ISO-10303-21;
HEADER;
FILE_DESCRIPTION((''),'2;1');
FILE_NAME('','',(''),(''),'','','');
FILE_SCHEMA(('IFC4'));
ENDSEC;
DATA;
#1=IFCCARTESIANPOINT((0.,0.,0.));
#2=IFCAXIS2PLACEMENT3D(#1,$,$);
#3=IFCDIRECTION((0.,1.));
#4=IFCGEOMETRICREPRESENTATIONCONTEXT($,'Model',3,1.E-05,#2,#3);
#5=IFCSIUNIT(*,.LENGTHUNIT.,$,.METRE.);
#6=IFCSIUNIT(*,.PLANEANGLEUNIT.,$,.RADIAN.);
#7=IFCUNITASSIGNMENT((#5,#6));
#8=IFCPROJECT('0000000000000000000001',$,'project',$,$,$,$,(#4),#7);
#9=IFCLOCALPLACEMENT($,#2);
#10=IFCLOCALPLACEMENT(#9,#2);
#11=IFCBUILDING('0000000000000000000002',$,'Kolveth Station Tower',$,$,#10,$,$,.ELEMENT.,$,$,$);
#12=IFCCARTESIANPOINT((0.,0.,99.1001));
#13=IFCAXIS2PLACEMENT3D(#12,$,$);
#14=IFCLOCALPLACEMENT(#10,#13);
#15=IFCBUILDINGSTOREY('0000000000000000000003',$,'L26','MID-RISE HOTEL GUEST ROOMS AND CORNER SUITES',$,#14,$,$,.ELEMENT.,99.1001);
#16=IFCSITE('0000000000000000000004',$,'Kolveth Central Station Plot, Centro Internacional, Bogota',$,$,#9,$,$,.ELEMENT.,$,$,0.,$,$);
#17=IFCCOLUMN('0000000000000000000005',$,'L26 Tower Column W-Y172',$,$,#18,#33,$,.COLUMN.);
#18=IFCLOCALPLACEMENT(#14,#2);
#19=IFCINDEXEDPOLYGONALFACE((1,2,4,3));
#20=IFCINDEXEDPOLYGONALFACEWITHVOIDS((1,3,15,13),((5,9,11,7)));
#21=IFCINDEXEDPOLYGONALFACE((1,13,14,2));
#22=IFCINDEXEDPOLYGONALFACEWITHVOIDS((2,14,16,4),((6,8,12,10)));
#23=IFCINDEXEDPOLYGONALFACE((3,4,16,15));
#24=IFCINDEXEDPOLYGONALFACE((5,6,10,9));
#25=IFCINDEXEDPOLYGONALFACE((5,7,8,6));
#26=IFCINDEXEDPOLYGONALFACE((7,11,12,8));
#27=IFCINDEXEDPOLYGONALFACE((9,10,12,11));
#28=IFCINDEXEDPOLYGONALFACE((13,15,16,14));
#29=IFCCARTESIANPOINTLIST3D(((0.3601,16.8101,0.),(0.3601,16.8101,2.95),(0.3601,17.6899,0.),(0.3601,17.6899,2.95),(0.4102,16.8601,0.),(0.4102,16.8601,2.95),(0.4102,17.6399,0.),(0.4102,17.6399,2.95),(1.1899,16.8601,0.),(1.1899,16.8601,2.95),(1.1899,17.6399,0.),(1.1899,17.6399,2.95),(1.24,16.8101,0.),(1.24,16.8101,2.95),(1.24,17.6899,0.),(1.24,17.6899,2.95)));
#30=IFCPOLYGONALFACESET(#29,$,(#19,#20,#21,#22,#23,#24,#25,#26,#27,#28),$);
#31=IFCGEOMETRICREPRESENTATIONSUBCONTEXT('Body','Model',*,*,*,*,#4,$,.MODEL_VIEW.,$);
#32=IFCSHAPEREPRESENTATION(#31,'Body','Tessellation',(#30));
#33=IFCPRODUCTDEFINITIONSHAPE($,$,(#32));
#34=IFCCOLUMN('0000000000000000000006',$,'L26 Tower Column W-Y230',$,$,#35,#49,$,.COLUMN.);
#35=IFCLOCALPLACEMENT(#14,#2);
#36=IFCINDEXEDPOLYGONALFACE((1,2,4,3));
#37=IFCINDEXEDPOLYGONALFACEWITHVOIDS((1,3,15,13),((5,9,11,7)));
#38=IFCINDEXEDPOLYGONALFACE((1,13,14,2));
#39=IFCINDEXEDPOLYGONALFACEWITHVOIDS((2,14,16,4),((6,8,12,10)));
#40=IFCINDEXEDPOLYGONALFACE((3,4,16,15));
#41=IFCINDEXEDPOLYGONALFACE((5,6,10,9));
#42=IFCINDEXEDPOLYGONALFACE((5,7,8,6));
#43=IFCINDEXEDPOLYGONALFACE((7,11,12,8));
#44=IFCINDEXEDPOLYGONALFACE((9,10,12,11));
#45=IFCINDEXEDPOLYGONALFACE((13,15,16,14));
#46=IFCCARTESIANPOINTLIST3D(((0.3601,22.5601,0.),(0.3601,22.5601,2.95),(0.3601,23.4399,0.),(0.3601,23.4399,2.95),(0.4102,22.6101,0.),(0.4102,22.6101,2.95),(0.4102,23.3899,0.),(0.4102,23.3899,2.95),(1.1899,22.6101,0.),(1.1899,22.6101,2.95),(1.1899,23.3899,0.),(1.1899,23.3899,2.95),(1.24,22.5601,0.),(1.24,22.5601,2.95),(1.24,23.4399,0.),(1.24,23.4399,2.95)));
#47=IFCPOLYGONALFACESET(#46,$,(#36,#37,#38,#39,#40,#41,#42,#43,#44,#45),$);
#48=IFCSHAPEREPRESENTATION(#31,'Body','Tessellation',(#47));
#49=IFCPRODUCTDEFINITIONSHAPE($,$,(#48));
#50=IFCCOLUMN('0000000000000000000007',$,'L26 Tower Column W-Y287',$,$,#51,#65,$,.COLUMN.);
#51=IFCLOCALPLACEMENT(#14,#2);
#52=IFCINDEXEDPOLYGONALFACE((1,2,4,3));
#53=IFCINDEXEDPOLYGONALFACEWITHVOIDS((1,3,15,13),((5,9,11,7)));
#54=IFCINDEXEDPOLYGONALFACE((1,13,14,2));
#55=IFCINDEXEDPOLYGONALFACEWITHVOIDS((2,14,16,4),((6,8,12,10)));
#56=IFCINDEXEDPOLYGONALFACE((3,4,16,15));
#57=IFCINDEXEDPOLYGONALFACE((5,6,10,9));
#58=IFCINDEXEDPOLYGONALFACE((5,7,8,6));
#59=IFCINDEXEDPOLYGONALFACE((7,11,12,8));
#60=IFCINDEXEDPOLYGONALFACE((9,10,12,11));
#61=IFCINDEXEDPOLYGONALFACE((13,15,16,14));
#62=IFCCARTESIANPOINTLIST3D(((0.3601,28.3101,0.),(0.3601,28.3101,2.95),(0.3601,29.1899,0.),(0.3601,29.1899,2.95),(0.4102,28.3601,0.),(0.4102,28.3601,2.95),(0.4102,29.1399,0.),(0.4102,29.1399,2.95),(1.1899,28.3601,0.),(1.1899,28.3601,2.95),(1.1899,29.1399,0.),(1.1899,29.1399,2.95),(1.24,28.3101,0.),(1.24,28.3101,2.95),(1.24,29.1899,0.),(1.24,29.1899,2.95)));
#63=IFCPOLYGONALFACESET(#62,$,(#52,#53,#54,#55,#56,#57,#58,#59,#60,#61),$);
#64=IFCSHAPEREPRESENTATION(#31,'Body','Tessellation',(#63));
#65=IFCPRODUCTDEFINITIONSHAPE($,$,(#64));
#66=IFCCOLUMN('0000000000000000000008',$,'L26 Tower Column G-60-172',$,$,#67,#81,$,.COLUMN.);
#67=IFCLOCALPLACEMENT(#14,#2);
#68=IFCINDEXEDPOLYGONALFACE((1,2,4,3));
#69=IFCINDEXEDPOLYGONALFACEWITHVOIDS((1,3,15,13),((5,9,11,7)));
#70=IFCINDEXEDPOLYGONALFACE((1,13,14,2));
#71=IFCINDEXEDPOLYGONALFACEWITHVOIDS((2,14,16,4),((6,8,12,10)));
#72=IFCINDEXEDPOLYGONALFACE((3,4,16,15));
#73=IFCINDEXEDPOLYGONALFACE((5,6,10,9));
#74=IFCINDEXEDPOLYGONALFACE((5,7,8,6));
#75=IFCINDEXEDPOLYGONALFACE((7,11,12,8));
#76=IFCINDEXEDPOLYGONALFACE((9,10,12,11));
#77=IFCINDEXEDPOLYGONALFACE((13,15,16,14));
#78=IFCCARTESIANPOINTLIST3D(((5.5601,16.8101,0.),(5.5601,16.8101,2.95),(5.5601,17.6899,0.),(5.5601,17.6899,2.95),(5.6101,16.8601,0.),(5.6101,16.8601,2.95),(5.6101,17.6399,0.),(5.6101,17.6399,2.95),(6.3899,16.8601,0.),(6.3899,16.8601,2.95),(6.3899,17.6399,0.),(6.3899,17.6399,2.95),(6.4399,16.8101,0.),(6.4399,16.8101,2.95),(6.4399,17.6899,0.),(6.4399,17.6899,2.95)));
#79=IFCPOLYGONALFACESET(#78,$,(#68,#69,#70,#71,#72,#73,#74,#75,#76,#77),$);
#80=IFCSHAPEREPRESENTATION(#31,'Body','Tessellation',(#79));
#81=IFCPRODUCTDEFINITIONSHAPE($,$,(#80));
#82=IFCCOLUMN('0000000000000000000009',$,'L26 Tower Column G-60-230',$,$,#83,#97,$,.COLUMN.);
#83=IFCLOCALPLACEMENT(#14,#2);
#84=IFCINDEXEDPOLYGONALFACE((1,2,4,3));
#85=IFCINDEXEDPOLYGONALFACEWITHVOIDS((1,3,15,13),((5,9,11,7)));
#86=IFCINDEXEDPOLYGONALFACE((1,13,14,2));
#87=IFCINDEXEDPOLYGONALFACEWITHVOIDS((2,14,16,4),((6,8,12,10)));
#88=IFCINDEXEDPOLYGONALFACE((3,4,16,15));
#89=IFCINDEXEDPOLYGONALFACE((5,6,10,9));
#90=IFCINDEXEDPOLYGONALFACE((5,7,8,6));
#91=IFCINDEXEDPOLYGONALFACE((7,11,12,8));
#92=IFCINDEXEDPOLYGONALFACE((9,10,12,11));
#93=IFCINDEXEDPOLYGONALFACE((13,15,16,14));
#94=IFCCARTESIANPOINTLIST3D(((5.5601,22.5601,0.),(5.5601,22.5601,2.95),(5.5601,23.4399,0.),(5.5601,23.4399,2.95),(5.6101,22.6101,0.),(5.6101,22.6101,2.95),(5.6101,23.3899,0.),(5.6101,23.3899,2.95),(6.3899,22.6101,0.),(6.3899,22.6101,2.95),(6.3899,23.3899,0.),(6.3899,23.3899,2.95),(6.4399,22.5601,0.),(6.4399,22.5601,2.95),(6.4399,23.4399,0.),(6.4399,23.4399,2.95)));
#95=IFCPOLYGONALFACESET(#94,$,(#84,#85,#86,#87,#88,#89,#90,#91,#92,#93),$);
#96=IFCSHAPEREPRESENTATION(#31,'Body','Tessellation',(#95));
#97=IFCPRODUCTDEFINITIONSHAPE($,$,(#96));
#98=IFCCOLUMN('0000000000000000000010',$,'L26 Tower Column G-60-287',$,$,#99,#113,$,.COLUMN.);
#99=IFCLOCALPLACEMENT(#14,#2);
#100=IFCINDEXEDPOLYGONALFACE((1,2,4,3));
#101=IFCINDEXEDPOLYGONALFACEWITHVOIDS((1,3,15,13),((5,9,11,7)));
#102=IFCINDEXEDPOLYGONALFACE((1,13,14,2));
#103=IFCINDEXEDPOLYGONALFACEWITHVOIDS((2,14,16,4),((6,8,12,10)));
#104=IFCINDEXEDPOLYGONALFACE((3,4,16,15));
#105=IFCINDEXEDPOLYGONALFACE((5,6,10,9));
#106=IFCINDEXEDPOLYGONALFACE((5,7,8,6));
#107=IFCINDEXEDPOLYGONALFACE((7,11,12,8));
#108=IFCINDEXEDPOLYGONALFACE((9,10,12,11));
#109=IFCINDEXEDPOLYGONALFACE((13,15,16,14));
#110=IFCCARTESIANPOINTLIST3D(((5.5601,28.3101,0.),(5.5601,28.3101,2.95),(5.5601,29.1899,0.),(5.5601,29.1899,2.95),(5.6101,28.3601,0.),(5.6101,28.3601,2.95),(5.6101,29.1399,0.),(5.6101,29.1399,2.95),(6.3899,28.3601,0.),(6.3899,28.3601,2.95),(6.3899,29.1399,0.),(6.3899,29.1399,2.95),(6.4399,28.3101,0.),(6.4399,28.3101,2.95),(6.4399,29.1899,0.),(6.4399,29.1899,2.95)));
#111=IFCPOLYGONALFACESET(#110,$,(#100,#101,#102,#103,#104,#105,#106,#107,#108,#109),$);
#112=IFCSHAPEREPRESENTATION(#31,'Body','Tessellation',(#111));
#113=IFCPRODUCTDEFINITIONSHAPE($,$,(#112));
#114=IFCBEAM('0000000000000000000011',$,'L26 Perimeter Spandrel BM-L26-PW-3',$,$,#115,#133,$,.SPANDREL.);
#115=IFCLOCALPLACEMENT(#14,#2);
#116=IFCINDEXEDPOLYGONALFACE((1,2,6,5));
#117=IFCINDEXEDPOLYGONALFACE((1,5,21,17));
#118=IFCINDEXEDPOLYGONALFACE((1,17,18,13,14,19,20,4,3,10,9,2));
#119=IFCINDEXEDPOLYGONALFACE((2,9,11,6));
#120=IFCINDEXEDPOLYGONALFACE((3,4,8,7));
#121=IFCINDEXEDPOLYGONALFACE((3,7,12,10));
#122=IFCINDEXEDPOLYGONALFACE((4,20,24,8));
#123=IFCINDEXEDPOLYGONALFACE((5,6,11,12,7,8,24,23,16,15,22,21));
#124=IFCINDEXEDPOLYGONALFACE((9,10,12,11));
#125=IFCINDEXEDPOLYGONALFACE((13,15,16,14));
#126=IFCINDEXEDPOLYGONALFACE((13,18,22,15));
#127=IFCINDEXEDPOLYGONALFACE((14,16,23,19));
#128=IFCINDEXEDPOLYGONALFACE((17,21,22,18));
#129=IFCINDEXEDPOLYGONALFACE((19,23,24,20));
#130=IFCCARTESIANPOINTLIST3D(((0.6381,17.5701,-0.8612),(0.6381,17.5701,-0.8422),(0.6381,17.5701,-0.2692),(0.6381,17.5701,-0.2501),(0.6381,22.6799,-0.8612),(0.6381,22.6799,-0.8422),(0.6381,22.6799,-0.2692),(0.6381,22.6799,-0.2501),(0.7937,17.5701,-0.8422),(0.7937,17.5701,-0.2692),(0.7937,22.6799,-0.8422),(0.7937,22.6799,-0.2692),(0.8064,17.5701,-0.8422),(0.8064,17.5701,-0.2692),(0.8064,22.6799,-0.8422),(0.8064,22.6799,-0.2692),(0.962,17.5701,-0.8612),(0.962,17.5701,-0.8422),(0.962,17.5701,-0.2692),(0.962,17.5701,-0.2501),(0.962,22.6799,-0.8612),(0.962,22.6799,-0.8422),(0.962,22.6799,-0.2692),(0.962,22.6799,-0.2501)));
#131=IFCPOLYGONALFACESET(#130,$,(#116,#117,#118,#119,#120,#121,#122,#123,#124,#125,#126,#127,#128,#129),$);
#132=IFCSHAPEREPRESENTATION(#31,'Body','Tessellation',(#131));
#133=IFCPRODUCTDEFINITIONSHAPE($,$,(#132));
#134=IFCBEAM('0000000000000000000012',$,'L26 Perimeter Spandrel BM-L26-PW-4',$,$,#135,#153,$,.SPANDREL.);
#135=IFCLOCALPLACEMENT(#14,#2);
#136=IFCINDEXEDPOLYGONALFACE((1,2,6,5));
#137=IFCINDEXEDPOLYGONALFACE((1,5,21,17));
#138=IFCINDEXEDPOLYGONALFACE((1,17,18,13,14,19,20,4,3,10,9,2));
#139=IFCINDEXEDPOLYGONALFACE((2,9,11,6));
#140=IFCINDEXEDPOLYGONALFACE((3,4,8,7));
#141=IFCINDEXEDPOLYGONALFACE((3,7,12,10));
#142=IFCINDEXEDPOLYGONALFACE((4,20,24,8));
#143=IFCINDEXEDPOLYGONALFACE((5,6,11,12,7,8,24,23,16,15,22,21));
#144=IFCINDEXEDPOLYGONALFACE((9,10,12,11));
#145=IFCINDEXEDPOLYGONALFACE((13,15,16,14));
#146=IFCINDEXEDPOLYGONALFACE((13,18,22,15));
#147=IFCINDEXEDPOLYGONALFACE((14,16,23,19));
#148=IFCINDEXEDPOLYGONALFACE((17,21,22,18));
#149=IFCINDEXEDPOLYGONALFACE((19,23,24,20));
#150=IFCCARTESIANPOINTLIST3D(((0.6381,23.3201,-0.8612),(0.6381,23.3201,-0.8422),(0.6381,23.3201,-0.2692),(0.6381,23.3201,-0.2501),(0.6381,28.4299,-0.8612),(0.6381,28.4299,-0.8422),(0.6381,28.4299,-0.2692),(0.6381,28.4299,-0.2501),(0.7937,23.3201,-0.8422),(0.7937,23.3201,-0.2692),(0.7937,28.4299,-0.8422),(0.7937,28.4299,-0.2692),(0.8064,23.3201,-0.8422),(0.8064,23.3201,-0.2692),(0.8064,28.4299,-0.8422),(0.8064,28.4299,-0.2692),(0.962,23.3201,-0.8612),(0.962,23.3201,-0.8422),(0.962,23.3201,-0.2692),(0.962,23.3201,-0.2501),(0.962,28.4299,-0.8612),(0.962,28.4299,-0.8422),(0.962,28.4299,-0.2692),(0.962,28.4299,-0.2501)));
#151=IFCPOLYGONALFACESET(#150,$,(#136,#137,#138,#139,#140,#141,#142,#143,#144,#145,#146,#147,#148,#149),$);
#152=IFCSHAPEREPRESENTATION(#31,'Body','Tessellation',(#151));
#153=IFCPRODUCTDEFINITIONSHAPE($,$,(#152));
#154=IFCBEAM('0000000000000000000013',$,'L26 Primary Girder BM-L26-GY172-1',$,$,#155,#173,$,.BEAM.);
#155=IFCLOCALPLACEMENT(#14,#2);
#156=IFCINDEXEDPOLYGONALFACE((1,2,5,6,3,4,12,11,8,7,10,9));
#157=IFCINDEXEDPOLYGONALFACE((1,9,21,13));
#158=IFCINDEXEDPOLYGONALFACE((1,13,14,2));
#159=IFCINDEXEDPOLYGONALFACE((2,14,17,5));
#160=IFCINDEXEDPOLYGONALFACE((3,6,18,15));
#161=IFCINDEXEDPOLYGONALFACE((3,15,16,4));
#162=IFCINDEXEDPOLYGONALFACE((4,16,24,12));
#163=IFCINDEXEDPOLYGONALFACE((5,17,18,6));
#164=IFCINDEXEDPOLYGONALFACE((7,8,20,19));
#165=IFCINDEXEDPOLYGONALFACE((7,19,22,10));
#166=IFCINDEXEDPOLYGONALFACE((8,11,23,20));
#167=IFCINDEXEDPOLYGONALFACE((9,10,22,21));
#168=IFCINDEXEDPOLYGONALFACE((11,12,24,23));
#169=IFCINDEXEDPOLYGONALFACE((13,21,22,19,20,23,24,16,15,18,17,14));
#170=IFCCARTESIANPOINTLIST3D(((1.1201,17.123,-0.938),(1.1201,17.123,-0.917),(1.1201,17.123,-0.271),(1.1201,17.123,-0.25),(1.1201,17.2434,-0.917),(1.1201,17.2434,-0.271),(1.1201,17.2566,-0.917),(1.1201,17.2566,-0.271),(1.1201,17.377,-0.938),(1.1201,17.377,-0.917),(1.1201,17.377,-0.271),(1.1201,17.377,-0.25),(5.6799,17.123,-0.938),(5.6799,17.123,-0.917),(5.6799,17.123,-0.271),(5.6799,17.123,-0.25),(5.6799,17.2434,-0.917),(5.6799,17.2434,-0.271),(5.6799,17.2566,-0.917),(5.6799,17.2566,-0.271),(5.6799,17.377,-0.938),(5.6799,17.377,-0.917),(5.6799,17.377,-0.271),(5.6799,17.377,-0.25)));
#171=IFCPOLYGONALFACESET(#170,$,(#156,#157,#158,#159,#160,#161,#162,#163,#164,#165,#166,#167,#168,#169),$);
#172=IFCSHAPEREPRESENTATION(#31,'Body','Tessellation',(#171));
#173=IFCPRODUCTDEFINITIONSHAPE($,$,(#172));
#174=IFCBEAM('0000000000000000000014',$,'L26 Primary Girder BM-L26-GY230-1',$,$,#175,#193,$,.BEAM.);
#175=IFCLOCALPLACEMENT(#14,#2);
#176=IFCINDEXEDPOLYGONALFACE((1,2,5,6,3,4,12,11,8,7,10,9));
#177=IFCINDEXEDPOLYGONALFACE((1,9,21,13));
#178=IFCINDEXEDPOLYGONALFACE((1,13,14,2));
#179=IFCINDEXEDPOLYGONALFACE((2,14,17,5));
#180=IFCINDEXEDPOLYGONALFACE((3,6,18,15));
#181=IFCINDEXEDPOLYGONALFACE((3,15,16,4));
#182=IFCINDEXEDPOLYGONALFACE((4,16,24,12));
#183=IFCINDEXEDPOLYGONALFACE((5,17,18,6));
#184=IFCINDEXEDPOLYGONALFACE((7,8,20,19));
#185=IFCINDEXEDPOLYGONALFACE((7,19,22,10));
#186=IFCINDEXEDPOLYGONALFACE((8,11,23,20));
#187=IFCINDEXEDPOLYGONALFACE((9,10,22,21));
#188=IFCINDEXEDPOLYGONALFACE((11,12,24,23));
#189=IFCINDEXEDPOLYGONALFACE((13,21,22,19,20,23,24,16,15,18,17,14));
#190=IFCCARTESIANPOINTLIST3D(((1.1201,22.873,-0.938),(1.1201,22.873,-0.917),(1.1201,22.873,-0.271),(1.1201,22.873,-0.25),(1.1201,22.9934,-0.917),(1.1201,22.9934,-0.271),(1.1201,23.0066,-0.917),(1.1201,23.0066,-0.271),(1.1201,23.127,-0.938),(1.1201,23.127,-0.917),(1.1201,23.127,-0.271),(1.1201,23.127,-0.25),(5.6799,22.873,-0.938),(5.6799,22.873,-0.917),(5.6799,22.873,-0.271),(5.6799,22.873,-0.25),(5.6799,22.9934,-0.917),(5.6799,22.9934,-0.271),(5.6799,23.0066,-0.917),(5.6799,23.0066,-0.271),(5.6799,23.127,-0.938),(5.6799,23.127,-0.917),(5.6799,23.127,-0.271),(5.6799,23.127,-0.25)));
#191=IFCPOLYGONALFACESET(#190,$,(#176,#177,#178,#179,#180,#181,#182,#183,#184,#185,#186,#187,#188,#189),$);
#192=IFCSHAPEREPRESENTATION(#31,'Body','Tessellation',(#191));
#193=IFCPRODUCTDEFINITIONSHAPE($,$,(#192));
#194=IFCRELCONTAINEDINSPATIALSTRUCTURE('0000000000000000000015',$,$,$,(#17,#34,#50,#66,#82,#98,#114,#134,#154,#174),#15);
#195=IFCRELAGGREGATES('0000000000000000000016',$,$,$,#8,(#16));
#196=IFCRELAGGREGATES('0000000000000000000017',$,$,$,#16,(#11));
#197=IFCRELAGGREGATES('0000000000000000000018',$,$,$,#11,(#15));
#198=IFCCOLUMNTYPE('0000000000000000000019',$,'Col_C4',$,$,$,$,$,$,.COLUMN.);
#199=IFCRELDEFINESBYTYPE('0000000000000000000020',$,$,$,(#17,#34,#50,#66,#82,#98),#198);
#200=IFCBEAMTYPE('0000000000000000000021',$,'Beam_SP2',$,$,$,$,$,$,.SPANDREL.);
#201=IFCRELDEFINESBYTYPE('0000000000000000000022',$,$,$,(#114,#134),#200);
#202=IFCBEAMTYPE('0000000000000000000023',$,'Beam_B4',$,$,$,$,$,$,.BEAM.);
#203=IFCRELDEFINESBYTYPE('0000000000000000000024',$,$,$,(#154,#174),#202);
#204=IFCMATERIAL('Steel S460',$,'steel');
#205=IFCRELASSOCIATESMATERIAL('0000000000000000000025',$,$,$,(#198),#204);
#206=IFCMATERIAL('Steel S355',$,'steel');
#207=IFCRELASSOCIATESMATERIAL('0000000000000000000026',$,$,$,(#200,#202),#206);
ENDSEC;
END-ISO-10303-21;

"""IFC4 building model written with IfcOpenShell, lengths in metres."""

from ifc_helpers import new_model, si_unit, direction, frame, origin, origin_2d, place, context, subcontext, project, spatial, hollow_rectangle, i_section, extrude, source, transform, mapped, material, material_profile, profile_set, type_object, element, save


model = new_model("IFC4")

# Units and contexts
model_context = context("Model", 3, precision=1e-05, world=origin(), true_north=direction((0.0, 1.0)))
body_context = subcontext(model_context, "Body", "Model", "MODEL_VIEW")
ifc_project = project(units=[si_unit("LENGTHUNIT", "METRE"), si_unit("PLANEANGLEUNIT", "RADIAN")], contexts=[model_context])

# Site, building, storey
site_placement = place(None, origin())
site = spatial("IfcSite", under=ifc_project, at=site_placement, Name="Kolveth Central Station Plot, Centro Internacional, Bogota", CompositionType="ELEMENT", RefElevation=0.0)
building_placement = place(site_placement, origin())
building = spatial("IfcBuilding", under=site, at=building_placement, Name="Kolveth Station Tower", CompositionType="ELEMENT")
storey_placement = place(building_placement, frame((0.0, 0.0, 99.1001)))
storey = spatial("IfcBuildingStorey", under=building, at=storey_placement, Name="L26", Description="MID-RISE HOTEL GUEST ROOMS AND CORNER SUITES", CompositionType="ELEMENT", Elevation=99.1001)

# Columns
ifc_material_1 = material(Name="Steel S460", Category="steel")
ifc_material_profile_1 = material_profile(ifc_material_1, hollow_rectangle(XDim=0.8799, YDim=0.8799, WallThickness=0.05, at=origin_2d()), Name="BOX880x880x50")
ifc_profile_set_1 = profile_set([ifc_material_profile_1], Name="Steel S460")
column_type = type_object("IfcColumnType", Name="Col_C4", PredefinedType="COLUMN", material=ifc_profile_set_1)
shared_shape_1 = source(origin(), body_context, "Body", "SweptSolid", [
    extrude(hollow_rectangle(XDim=0.8799, YDim=0.8799, WallThickness=0.05, at=origin_2d()), origin(), (0.0, 0.0, 1.0), 2.95),
])
for number, where, z_axis, x_axis, name in (
    (1, (0.8, 17.25, 0.0), (0.0, 0.0, 1.0), (1.0, 0.0, 0.0), "L26 Tower Column W-Y172"),
    (2, (0.8, 23.0, 0.0), (0.0, 0.0, 1.0), (1.0, 0.0, 0.0), "L26 Tower Column W-Y230"),
    (3, (0.8, 28.75, 0.0), (0.0, 0.0, 1.0), (1.0, 0.0, 0.0), "L26 Tower Column W-Y287"),
    (4, (6.0, 17.25, 0.0), (0.0, 0.0, 1.0), (1.0, 0.0, 0.0), "L26 Tower Column G-60-172"),
    (5, (6.0, 23.0, 0.0), (0.0, 0.0, 1.0), (1.0, 0.0, 0.0), "L26 Tower Column G-60-230"),
    (6, (6.0, 28.75, 0.0), (0.0, 0.0, 1.0), (1.0, 0.0, 0.0), "L26 Tower Column G-60-287"),
):
    element("IfcColumn", number, at=place(storey_placement, frame(where, z_axis=z_axis, x_axis=x_axis)), inside=storey, type_object=column_type, Name=name, PredefinedType="COLUMN", context=body_context, shape_type="MappedRepresentation", body=[
        mapped(shared_shape_1, transform((0.0, 0.0, 0.0), x_axis=(1.0, 0.0, 0.0), y_axis=(0.0, 1.0, 0.0), z_axis=(0.0, 0.0, 1.0), scale=1.0)),
    ])

# Beams
ifc_material_2 = material(Name="Steel S355", Category="steel")
ifc_material_profile_2 = material_profile(ifc_material_2, i_section(OverallWidth=0.324, OverallDepth=0.6111, WebThickness=0.0127, FlangeThickness=0.019, at=origin_2d()), Name="W610x155")
ifc_profile_set_2 = profile_set([ifc_material_profile_2], Name="Steel S355")
beam_type_1 = type_object("IfcBeamType", Name="Beam_SP2", PredefinedType="SPANDREL", material=ifc_profile_set_2)
shared_shape_2 = source(origin(), body_context, "Body", "SweptSolid", [
    extrude(i_section(OverallWidth=0.324, OverallDepth=0.6111, WebThickness=0.0127, FlangeThickness=0.019, at=origin_2d()), origin(), (0.0, 0.0, 1.0), 5.1099),
])
for number, where, z_axis, x_axis, name in (
    (7, (0.8, 17.5701, -0.5557), (0.0, 1.0, 0.0), (-1.0, 0.0, 0.0), "L26 Perimeter Spandrel BM-L26-PW-3"),
    (8, (0.8, 23.3201, -0.5557), (0.0, 1.0, 0.0), (-1.0, 0.0, 0.0), "L26 Perimeter Spandrel BM-L26-PW-4"),
):
    element("IfcBeam", number, at=place(storey_placement, frame(where, z_axis=z_axis, x_axis=x_axis)), inside=storey, type_object=beam_type_1, Name=name, PredefinedType="SPANDREL", context=body_context, shape_type="MappedRepresentation", body=[
        mapped(shared_shape_2, transform((0.0, 0.0, 0.0), x_axis=(1.0, 0.0, 0.0), y_axis=(0.0, 1.0, 0.0), z_axis=(0.0, 0.0, 1.0), scale=1.0)),
    ])
ifc_material_profile_3 = material_profile(ifc_material_2, i_section(OverallWidth=0.2539, OverallDepth=0.688, WebThickness=0.0132, FlangeThickness=0.021, at=origin_2d()), Name="W690x152")
ifc_profile_set_3 = profile_set([ifc_material_profile_3], Name="Steel S355")
beam_type_2 = type_object("IfcBeamType", Name="Beam_B4", PredefinedType="BEAM", material=ifc_profile_set_3)
shared_shape_3 = source(origin(), body_context, "Body", "SweptSolid", [
    extrude(i_section(OverallWidth=0.2539, OverallDepth=0.688, WebThickness=0.0132, FlangeThickness=0.021, at=origin_2d()), origin(), (0.0, 0.0, 1.0), 4.5598),
])
for number, where, z_axis, x_axis, name in (
    (9, (1.1201, 17.25, -0.594), (1.0, 0.0, 0.0), (0.0, 1.0, 0.0), "L26 Primary Girder BM-L26-GY172-1"),
    (10, (1.1201, 23.0, -0.594), (1.0, 0.0, 0.0), (0.0, 1.0, 0.0), "L26 Primary Girder BM-L26-GY230-1"),
):
    element("IfcBeam", number, at=place(storey_placement, frame(where, z_axis=z_axis, x_axis=x_axis)), inside=storey, type_object=beam_type_2, Name=name, PredefinedType="BEAM", context=body_context, shape_type="MappedRepresentation", body=[
        mapped(shared_shape_3, transform((0.0, 0.0, 0.0), x_axis=(1.0, 0.0, 0.0), y_axis=(0.0, 1.0, 0.0), z_axis=(0.0, 0.0, 1.0), scale=1.0)),
    ])

save(model, "model.ifc")
